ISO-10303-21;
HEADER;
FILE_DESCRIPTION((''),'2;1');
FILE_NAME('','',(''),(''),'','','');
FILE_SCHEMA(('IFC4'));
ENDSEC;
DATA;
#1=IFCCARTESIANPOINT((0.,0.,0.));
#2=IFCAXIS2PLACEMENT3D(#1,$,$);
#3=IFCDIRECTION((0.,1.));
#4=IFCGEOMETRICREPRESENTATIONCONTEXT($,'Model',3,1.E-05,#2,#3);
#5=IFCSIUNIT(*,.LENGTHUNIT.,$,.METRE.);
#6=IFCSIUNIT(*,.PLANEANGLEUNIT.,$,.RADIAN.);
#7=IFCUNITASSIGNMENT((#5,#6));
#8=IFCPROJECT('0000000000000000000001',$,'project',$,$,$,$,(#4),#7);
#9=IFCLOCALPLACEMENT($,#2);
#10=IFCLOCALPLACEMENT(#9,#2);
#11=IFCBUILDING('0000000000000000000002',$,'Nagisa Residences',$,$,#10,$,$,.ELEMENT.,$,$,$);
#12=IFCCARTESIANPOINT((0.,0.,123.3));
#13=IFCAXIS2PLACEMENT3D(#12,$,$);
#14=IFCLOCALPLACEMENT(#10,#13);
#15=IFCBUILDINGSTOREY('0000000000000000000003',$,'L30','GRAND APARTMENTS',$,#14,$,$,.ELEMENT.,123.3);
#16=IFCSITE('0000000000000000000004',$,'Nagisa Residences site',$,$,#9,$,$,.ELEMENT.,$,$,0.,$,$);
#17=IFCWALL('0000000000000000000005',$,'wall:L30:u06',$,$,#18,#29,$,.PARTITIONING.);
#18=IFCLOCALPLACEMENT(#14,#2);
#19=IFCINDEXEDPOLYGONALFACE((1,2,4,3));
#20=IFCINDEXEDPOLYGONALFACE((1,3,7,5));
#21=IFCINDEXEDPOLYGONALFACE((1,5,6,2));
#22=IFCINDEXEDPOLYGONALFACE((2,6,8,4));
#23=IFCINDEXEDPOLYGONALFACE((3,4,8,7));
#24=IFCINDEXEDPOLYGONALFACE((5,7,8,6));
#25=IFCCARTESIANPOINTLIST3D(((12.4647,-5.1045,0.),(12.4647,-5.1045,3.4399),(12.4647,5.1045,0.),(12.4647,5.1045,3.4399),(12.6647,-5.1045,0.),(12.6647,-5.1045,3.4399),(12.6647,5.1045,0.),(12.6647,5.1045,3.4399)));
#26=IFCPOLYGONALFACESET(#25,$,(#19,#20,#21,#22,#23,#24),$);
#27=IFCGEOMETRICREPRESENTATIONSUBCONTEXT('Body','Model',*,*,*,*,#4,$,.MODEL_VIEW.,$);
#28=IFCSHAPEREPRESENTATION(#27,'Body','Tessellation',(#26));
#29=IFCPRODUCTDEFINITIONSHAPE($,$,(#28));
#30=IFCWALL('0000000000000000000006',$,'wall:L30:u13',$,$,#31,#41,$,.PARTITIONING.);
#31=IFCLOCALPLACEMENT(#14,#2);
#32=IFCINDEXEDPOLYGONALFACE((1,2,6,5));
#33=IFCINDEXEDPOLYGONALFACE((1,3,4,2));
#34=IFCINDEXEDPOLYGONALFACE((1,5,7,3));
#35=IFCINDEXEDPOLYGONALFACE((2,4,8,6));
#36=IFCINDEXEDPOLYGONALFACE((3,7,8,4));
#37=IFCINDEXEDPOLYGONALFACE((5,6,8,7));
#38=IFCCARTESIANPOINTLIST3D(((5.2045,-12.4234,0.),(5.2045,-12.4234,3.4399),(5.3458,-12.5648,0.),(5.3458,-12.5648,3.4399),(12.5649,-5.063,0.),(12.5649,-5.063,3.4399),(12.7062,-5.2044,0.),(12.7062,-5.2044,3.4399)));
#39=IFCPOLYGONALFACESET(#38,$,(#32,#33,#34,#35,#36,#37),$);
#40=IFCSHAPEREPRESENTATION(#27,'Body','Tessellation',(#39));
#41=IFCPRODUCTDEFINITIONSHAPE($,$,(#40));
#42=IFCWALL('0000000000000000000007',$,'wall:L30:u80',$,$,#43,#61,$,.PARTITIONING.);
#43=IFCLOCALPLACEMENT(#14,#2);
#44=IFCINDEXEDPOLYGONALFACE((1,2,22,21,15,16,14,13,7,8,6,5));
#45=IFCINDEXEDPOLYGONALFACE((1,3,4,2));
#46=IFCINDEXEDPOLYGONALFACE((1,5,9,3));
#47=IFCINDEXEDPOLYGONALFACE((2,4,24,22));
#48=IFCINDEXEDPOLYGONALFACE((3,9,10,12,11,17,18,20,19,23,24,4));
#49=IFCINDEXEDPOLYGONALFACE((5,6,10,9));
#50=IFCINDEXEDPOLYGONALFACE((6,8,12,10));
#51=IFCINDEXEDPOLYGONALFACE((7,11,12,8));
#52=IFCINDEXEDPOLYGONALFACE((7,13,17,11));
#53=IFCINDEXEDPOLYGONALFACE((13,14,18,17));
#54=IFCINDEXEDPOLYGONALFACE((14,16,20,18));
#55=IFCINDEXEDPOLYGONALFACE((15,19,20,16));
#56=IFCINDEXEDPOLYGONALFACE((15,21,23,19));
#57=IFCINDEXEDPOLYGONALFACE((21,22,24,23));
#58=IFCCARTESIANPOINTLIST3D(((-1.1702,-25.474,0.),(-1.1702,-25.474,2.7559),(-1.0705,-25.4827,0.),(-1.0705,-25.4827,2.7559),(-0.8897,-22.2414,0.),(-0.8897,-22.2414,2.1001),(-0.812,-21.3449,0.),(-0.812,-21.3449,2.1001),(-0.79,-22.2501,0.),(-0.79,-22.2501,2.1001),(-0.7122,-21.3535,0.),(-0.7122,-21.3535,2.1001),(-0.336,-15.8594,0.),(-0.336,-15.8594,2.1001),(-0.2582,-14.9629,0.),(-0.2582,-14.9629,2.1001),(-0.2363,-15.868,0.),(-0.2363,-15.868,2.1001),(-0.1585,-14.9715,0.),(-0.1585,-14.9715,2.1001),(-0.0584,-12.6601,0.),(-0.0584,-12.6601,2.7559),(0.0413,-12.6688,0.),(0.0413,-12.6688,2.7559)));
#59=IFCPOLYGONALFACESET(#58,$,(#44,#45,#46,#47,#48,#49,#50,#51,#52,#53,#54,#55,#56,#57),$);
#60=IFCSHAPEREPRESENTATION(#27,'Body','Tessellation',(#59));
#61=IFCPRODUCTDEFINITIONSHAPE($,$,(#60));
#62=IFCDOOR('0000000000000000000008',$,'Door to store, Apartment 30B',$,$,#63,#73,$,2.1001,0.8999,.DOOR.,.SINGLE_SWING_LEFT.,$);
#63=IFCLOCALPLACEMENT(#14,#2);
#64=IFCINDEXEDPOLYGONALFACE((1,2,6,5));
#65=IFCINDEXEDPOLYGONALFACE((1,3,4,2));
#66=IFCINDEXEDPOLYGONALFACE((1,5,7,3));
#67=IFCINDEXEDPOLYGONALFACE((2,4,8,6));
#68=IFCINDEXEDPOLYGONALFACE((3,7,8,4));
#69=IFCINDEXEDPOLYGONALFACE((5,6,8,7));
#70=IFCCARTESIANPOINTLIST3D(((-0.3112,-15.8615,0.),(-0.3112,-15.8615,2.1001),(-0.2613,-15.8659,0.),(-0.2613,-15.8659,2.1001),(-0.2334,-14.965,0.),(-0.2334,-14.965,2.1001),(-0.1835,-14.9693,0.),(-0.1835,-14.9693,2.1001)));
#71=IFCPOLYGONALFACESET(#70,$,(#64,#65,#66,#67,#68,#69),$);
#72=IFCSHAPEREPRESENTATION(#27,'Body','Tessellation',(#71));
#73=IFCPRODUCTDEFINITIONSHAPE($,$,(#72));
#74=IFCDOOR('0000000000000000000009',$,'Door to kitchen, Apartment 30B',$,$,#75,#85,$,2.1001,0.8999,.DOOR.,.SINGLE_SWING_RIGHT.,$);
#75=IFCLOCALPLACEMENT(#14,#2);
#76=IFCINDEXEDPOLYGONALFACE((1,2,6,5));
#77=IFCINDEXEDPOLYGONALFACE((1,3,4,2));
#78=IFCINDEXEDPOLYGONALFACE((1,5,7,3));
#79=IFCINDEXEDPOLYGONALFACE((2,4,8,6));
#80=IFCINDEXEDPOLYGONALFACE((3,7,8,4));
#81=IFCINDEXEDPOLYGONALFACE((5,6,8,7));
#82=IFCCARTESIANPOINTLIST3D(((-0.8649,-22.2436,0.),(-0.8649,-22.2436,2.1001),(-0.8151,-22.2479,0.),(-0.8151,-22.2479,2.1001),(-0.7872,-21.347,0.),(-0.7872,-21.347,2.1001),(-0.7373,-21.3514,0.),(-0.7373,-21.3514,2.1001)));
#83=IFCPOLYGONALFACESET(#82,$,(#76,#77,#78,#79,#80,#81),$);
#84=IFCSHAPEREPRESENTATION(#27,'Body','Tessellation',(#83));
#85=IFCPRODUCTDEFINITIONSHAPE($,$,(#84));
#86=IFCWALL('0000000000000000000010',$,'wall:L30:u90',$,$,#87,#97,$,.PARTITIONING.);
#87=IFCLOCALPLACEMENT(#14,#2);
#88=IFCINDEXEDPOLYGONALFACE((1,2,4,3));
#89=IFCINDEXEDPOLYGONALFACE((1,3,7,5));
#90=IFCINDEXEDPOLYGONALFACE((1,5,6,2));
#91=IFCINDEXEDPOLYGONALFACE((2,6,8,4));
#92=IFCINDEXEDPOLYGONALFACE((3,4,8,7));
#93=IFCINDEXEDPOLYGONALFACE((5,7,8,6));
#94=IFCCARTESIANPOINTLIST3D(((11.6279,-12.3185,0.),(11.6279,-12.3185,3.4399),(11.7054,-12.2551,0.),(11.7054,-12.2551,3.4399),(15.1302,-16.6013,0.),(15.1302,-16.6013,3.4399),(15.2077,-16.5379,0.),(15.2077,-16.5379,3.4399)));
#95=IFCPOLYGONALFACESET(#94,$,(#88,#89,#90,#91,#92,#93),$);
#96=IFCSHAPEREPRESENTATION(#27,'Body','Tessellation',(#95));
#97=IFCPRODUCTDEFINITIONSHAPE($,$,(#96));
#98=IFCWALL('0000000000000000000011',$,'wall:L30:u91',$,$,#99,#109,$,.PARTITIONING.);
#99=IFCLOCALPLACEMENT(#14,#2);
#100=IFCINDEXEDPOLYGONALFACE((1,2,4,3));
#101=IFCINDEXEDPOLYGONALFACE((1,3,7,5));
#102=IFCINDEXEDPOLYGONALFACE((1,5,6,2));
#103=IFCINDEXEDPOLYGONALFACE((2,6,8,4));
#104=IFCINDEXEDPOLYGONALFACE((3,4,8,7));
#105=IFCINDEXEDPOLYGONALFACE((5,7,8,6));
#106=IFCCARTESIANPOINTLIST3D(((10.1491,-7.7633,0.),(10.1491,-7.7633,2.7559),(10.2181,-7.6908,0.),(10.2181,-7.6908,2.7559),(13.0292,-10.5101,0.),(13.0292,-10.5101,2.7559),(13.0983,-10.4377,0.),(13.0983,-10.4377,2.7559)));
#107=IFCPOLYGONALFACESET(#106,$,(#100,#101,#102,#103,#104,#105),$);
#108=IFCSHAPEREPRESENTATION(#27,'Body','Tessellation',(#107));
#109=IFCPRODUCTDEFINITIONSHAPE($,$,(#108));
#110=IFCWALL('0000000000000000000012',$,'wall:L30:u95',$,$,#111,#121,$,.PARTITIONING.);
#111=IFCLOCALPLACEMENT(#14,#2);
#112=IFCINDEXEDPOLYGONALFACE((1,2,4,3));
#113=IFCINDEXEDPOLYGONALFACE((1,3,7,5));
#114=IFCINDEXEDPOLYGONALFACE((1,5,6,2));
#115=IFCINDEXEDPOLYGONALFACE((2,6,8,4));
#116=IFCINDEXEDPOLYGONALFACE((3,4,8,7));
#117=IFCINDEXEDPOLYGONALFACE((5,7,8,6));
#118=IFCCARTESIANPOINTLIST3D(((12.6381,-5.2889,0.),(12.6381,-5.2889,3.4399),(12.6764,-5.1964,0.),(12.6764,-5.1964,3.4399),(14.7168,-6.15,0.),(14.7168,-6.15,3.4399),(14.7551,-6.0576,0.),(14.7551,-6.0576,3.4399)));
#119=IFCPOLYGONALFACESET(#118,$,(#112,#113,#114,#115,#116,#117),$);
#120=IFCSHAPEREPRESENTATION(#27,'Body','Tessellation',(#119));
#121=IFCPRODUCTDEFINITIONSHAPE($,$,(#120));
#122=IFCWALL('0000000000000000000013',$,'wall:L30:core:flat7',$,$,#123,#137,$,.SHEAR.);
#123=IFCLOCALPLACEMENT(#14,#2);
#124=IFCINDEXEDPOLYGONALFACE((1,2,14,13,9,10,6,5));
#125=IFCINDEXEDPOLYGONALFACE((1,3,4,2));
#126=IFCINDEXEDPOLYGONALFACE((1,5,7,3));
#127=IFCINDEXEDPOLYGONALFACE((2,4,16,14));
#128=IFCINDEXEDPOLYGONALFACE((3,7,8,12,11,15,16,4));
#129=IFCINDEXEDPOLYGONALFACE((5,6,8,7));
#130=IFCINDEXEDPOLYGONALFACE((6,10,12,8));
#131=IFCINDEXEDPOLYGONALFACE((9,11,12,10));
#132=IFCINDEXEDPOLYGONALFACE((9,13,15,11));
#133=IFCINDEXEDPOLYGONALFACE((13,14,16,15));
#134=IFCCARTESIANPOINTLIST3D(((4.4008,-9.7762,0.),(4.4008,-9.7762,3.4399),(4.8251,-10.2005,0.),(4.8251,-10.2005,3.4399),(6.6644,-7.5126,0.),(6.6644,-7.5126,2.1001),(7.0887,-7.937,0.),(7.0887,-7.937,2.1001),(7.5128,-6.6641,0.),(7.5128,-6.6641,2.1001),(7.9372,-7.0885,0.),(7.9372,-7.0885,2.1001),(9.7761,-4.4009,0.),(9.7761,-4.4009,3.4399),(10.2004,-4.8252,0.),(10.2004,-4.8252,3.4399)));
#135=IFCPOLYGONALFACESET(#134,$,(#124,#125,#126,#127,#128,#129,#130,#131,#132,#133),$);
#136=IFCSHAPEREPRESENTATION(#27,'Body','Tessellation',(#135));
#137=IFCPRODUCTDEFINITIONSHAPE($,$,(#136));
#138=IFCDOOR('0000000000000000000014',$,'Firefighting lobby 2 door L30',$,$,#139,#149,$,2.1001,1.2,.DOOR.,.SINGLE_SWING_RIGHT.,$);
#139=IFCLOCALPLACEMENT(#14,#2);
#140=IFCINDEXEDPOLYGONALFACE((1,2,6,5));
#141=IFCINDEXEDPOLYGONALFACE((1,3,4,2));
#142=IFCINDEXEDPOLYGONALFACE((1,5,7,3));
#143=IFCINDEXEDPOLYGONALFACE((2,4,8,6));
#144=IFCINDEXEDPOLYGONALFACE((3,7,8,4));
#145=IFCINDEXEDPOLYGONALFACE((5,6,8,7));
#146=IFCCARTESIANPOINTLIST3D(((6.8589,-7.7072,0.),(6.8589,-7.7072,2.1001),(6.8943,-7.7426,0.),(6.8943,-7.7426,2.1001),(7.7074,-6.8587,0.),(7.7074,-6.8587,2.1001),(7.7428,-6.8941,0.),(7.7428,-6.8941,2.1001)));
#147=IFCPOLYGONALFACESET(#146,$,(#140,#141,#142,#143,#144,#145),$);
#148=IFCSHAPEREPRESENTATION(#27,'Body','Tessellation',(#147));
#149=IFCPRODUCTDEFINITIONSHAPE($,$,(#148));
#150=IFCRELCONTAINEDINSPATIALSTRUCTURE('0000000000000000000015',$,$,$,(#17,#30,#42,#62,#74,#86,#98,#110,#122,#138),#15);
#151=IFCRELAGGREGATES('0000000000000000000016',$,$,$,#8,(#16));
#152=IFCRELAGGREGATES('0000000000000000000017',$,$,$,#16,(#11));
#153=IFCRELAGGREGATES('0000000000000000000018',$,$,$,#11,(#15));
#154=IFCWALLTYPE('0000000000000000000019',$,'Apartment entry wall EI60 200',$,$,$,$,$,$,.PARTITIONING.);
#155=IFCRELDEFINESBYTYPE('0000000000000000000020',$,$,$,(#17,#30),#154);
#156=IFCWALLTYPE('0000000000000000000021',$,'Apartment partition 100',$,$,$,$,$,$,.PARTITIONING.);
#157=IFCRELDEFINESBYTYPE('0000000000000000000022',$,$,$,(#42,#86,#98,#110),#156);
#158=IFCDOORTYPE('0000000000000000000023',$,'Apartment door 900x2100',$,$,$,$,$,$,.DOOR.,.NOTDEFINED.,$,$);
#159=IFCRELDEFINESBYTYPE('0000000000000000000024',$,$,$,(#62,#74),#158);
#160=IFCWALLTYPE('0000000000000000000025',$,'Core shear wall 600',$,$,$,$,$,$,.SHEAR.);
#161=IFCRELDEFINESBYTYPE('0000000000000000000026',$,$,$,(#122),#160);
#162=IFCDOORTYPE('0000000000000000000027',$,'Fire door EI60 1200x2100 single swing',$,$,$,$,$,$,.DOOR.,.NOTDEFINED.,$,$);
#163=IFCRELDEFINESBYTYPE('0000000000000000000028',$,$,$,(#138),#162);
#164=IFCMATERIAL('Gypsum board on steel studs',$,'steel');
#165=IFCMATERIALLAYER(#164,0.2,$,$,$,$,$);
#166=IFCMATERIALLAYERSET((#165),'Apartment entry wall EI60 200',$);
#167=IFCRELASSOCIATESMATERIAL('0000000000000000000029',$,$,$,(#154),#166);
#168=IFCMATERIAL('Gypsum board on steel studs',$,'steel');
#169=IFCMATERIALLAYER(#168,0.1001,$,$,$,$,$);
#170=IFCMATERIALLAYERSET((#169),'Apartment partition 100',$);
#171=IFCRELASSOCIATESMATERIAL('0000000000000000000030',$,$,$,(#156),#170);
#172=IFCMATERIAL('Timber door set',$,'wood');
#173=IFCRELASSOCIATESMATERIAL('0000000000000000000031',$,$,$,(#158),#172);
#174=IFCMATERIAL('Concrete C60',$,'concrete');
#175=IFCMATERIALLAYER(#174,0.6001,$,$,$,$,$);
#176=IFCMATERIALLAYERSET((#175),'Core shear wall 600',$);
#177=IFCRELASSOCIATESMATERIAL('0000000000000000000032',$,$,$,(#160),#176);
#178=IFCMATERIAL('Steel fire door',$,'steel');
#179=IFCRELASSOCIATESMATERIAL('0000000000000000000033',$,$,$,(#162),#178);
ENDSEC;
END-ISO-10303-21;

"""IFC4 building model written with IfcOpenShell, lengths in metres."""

from ifc_helpers import new_model, si_unit, direction, frame, frame_2d, origin, place, context, subcontext, project, spatial, rectangle, extrude, material, layer, layer_set, type_object, element, fill, save


model = new_model("IFC4")

# Units and contexts
model_context = context("Model", 3, precision=1e-05, world=origin(), true_north=direction((0.0, 1.0)))
body_context = subcontext(model_context, "Body", "Model", "MODEL_VIEW")
ifc_project = project(units=[si_unit("LENGTHUNIT", "METRE"), si_unit("PLANEANGLEUNIT", "RADIAN")], contexts=[model_context])

# Site, building, storey
site_placement = place(None, origin())
site = spatial("IfcSite", under=ifc_project, at=site_placement, Name="Nagisa Residences site", CompositionType="ELEMENT", RefElevation=0.0)
building_placement = place(site_placement, origin())
building = spatial("IfcBuilding", under=site, at=building_placement, Name="Nagisa Residences", CompositionType="ELEMENT")
storey_placement = place(building_placement, frame((0.0, 0.0, 123.3)))
storey = spatial("IfcBuildingStorey", under=building, at=storey_placement, Name="L30", Description="GRAND APARTMENTS", CompositionType="ELEMENT", Elevation=123.3)

# Walls
ifc_material_1 = material(Name="Gypsum board on steel studs", Category="steel")
ifc_layer_1 = layer(ifc_material_1, 0.2)
ifc_layer_set_1 = layer_set([ifc_layer_1], Name="Apartment entry wall EI60 200")
wall_type_1 = type_object("IfcWallType", Name="Apartment entry wall EI60 200", PredefinedType="PARTITIONING", material=ifc_layer_set_1)
wall_1_placement = place(storey_placement, frame((12.5647, -5.1045, 0.0), z_axis=(0.0, 0.0, 1.0), x_axis=(0.0, 1.0, 0.0)))
element("IfcWall", 1, at=wall_1_placement, inside=storey, type_object=wall_type_1, Name="wall:L30:u06", PredefinedType="PARTITIONING", context=body_context, shape_type="SweptSolid", body=[
    extrude(rectangle(XDim=10.209, YDim=0.2, at=frame_2d((5.1045, 0.0))), origin(), (0.0, 0.0, 1.0), 3.4399),
])
wall_2_placement = place(storey_placement, frame((5.2751, -12.4941, 0.0), z_axis=(0.0, 0.0, 1.0), x_axis=(0.707107, 0.707107, 0.0)))
element("IfcWall", 2, at=wall_2_placement, inside=storey, type_object=wall_type_1, Name="wall:L30:u13", PredefinedType="PARTITIONING", context=body_context, shape_type="SweptSolid", body=[
    extrude(rectangle(XDim=10.4092, YDim=0.2, at=frame_2d((5.2046, 0.0))), origin(), (0.0, 0.0, 1.0), 3.4399),
])

# Wall, openings, doors
ifc_material_2 = material(Name="Gypsum board on steel studs", Category="steel")
ifc_layer_2 = layer(ifc_material_2, 0.1001)
ifc_layer_set_2 = layer_set([ifc_layer_2], Name="Apartment partition 100")
wall_type_2 = type_object("IfcWallType", Name="Apartment partition 100", PredefinedType="PARTITIONING", material=ifc_layer_set_2)
wall_3_placement = place(storey_placement, frame((-0.0085, -12.6643, 0.0), z_axis=(0.0, 0.0, 1.0), x_axis=(-0.086441, -0.996257, 0.0)))
wall_3 = element("IfcWall", 3, at=wall_3_placement, inside=storey, type_object=wall_type_2, Name="wall:L30:u80", PredefinedType="PARTITIONING", context=body_context, shape_type="SweptSolid", body=[
    extrude(rectangle(XDim=12.8621, YDim=0.1001, at=frame_2d((6.4312, 0.0))), origin(), (0.0, 0.0, 1.0), 2.7559),
])
opening_1_placement = place(wall_3_placement, frame((2.3115, 0.0, 0.0)))
opening_1 = element("IfcOpeningElement", 4, at=opening_1_placement, cuts=wall_3, PredefinedType="OPENING", context=body_context, shape_type="SweptSolid", body=[
    extrude(rectangle(XDim=0.8999, YDim=2.1001, at=frame_2d((0.45, 1.05))), frame((0.0, 0.0601, 0.0), z_axis=(0.0, -1.0, 0.0), x_axis=(1.0, 0.0, 0.0)), (0.0, 0.0, 1.0), 0.1201),
])
opening_2_placement = place(wall_3_placement, frame((8.7175, 0.0, 0.0)))
opening_2 = element("IfcOpeningElement", 5, at=opening_2_placement, cuts=wall_3, PredefinedType="OPENING", context=body_context, shape_type="SweptSolid", body=[
    extrude(rectangle(XDim=0.8999, YDim=2.1001, at=frame_2d((0.45, 1.05))), frame((0.0, 0.0601, 0.0), z_axis=(0.0, -1.0, 0.0), x_axis=(1.0, 0.0, 0.0)), (0.0, 0.0, 1.0), 0.1201),
])
ifc_material_3 = material(Name="Timber door set", Category="wood")
door_type_1 = type_object("IfcDoorType", Name="Apartment door 900x2100", OperationType="NOTDEFINED", PredefinedType="DOOR", material=ifc_material_3)
door_1_placement = place(opening_1_placement, origin())
door_1 = element("IfcDoor", 6, at=door_1_placement, inside=storey, type_object=door_type_1, Name="Door to store, Apartment 30B", OperationType="SINGLE_SWING_LEFT", OverallHeight=2.1001, OverallWidth=0.8999, PredefinedType="DOOR", context=body_context, shape_type="SweptSolid", body=[
    extrude(rectangle(XDim=0.8999, YDim=2.1001, at=frame_2d((0.45, 1.05))), frame((0.0, 0.0249, 0.0), z_axis=(0.0, -1.0, 0.0), x_axis=(1.0, 0.0, 0.0)), (0.0, 0.0, 1.0), 0.05),
])
fill(opening_1, door_1)
door_2_placement = place(opening_2_placement, origin())
door_2 = element("IfcDoor", 7, at=door_2_placement, inside=storey, type_object=door_type_1, Name="Door to kitchen, Apartment 30B", OperationType="SINGLE_SWING_RIGHT", OverallHeight=2.1001, OverallWidth=0.8999, PredefinedType="DOOR", context=body_context, shape_type="SweptSolid", body=[
    extrude(rectangle(XDim=0.8999, YDim=2.1001, at=frame_2d((0.45, 1.05))), frame((0.0, 0.0249, 0.0), z_axis=(0.0, -1.0, 0.0), x_axis=(1.0, 0.0, 0.0)), (0.0, 0.0, 1.0), 0.05),
])
fill(opening_2, door_2)

# Walls
wall_4_placement = place(storey_placement, frame((11.6667, -12.2869, 0.0), z_axis=(0.0, 0.0, 1.0), x_axis=(0.633038, -0.77412, 0.0)))
element("IfcWall", 8, at=wall_4_placement, inside=storey, type_object=wall_type_2, Name="wall:L30:u90", PredefinedType="PARTITIONING", context=body_context, shape_type="SweptSolid", body=[
    extrude(rectangle(XDim=5.5325, YDim=0.1001, at=frame_2d((2.7661, 0.0))), origin(), (0.0, 0.0, 1.0), 3.4399),
])
wall_5_placement = place(storey_placement, frame((10.1836, -7.7271, 0.0), z_axis=(0.0, 0.0, 1.0), x_axis=(0.723655, -0.690162, 0.0)))
element("IfcWall", 9, at=wall_5_placement, inside=storey, type_object=wall_type_2, Name="wall:L30:u91", PredefinedType="PARTITIONING", context=body_context, shape_type="SweptSolid", body=[
    extrude(rectangle(XDim=3.98, YDim=0.1001, at=frame_2d((1.99, 0.0))), origin(), (0.0, 0.0, 1.0), 2.7559),
])
wall_6_placement = place(storey_placement, frame((12.6572, -5.2427, 0.0), z_axis=(0.0, 0.0, 1.0), x_axis=(0.923865, -0.382719, 0.0)))
element("IfcWall", 10, at=wall_6_placement, inside=storey, type_object=wall_type_2, Name="wall:L30:u95", PredefinedType="PARTITIONING", context=body_context, shape_type="SweptSolid", body=[
    extrude(rectangle(XDim=2.25, YDim=0.1001, at=frame_2d((1.125, 0.0))), origin(), (0.0, 0.0, 1.0), 3.4399),
])

# Wall, opening, door
ifc_material_4 = material(Name="Concrete C60", Category="concrete")
ifc_layer_3 = layer(ifc_material_4, 0.6001)
ifc_layer_set_3 = layer_set([ifc_layer_3], Name="Core shear wall 600")
wall_type_3 = type_object("IfcWallType", Name="Core shear wall 600", PredefinedType="SHEAR", material=ifc_layer_set_3)
wall_7_placement = place(storey_placement, frame((4.613, -9.9883, 0.0), z_axis=(0.0, 0.0, 1.0), x_axis=(0.707107, 0.707107, 0.0)))
wall_7 = element("IfcWall", 11, at=wall_7_placement, inside=storey, type_object=wall_type_3, Name="wall:L30:core:flat7", PredefinedType="SHEAR", context=body_context, shape_type="SweptSolid", body=[
    extrude(rectangle(XDim=7.6018, YDim=0.6001, at=frame_2d((3.8008, 0.0))), origin(), (0.0, 0.0, 1.0), 3.4399),
])
opening_3_placement = place(wall_7_placement, frame((3.2009, 0.0, 0.0)))
opening_3 = element("IfcOpeningElement", 12, at=opening_3_placement, cuts=wall_7, PredefinedType="OPENING", context=body_context, shape_type="SweptSolid", body=[
    extrude(rectangle(XDim=1.2, YDim=2.1001, at=frame_2d((0.6001, 1.05))), frame((0.0, 0.3101, 0.0), z_axis=(0.0, -1.0, 0.0), x_axis=(1.0, 0.0, 0.0)), (0.0, 0.0, 1.0), 0.6201),
])
ifc_material_5 = material(Name="Steel fire door", Category="steel")
door_type_2 = type_object("IfcDoorType", Name="Fire door EI60 1200x2100 single swing", OperationType="NOTDEFINED", PredefinedType="DOOR", material=ifc_material_5)
door_3_placement = place(opening_3_placement, origin())
door_3 = element("IfcDoor", 13, at=door_3_placement, inside=storey, type_object=door_type_2, Name="Firefighting lobby 2 door L30", OperationType="SINGLE_SWING_RIGHT", OverallHeight=2.1001, OverallWidth=1.2, PredefinedType="DOOR", context=body_context, shape_type="SweptSolid", body=[
    extrude(rectangle(XDim=1.2, YDim=2.1001, at=frame_2d((0.6001, 1.05))), frame((0.0, 0.0249, 0.0), z_axis=(0.0, -1.0, 0.0), x_axis=(1.0, 0.0, 0.0)), (0.0, 0.0, 1.0), 0.05),
])
fill(opening_3, door_3)

save(model, "model.ifc")
